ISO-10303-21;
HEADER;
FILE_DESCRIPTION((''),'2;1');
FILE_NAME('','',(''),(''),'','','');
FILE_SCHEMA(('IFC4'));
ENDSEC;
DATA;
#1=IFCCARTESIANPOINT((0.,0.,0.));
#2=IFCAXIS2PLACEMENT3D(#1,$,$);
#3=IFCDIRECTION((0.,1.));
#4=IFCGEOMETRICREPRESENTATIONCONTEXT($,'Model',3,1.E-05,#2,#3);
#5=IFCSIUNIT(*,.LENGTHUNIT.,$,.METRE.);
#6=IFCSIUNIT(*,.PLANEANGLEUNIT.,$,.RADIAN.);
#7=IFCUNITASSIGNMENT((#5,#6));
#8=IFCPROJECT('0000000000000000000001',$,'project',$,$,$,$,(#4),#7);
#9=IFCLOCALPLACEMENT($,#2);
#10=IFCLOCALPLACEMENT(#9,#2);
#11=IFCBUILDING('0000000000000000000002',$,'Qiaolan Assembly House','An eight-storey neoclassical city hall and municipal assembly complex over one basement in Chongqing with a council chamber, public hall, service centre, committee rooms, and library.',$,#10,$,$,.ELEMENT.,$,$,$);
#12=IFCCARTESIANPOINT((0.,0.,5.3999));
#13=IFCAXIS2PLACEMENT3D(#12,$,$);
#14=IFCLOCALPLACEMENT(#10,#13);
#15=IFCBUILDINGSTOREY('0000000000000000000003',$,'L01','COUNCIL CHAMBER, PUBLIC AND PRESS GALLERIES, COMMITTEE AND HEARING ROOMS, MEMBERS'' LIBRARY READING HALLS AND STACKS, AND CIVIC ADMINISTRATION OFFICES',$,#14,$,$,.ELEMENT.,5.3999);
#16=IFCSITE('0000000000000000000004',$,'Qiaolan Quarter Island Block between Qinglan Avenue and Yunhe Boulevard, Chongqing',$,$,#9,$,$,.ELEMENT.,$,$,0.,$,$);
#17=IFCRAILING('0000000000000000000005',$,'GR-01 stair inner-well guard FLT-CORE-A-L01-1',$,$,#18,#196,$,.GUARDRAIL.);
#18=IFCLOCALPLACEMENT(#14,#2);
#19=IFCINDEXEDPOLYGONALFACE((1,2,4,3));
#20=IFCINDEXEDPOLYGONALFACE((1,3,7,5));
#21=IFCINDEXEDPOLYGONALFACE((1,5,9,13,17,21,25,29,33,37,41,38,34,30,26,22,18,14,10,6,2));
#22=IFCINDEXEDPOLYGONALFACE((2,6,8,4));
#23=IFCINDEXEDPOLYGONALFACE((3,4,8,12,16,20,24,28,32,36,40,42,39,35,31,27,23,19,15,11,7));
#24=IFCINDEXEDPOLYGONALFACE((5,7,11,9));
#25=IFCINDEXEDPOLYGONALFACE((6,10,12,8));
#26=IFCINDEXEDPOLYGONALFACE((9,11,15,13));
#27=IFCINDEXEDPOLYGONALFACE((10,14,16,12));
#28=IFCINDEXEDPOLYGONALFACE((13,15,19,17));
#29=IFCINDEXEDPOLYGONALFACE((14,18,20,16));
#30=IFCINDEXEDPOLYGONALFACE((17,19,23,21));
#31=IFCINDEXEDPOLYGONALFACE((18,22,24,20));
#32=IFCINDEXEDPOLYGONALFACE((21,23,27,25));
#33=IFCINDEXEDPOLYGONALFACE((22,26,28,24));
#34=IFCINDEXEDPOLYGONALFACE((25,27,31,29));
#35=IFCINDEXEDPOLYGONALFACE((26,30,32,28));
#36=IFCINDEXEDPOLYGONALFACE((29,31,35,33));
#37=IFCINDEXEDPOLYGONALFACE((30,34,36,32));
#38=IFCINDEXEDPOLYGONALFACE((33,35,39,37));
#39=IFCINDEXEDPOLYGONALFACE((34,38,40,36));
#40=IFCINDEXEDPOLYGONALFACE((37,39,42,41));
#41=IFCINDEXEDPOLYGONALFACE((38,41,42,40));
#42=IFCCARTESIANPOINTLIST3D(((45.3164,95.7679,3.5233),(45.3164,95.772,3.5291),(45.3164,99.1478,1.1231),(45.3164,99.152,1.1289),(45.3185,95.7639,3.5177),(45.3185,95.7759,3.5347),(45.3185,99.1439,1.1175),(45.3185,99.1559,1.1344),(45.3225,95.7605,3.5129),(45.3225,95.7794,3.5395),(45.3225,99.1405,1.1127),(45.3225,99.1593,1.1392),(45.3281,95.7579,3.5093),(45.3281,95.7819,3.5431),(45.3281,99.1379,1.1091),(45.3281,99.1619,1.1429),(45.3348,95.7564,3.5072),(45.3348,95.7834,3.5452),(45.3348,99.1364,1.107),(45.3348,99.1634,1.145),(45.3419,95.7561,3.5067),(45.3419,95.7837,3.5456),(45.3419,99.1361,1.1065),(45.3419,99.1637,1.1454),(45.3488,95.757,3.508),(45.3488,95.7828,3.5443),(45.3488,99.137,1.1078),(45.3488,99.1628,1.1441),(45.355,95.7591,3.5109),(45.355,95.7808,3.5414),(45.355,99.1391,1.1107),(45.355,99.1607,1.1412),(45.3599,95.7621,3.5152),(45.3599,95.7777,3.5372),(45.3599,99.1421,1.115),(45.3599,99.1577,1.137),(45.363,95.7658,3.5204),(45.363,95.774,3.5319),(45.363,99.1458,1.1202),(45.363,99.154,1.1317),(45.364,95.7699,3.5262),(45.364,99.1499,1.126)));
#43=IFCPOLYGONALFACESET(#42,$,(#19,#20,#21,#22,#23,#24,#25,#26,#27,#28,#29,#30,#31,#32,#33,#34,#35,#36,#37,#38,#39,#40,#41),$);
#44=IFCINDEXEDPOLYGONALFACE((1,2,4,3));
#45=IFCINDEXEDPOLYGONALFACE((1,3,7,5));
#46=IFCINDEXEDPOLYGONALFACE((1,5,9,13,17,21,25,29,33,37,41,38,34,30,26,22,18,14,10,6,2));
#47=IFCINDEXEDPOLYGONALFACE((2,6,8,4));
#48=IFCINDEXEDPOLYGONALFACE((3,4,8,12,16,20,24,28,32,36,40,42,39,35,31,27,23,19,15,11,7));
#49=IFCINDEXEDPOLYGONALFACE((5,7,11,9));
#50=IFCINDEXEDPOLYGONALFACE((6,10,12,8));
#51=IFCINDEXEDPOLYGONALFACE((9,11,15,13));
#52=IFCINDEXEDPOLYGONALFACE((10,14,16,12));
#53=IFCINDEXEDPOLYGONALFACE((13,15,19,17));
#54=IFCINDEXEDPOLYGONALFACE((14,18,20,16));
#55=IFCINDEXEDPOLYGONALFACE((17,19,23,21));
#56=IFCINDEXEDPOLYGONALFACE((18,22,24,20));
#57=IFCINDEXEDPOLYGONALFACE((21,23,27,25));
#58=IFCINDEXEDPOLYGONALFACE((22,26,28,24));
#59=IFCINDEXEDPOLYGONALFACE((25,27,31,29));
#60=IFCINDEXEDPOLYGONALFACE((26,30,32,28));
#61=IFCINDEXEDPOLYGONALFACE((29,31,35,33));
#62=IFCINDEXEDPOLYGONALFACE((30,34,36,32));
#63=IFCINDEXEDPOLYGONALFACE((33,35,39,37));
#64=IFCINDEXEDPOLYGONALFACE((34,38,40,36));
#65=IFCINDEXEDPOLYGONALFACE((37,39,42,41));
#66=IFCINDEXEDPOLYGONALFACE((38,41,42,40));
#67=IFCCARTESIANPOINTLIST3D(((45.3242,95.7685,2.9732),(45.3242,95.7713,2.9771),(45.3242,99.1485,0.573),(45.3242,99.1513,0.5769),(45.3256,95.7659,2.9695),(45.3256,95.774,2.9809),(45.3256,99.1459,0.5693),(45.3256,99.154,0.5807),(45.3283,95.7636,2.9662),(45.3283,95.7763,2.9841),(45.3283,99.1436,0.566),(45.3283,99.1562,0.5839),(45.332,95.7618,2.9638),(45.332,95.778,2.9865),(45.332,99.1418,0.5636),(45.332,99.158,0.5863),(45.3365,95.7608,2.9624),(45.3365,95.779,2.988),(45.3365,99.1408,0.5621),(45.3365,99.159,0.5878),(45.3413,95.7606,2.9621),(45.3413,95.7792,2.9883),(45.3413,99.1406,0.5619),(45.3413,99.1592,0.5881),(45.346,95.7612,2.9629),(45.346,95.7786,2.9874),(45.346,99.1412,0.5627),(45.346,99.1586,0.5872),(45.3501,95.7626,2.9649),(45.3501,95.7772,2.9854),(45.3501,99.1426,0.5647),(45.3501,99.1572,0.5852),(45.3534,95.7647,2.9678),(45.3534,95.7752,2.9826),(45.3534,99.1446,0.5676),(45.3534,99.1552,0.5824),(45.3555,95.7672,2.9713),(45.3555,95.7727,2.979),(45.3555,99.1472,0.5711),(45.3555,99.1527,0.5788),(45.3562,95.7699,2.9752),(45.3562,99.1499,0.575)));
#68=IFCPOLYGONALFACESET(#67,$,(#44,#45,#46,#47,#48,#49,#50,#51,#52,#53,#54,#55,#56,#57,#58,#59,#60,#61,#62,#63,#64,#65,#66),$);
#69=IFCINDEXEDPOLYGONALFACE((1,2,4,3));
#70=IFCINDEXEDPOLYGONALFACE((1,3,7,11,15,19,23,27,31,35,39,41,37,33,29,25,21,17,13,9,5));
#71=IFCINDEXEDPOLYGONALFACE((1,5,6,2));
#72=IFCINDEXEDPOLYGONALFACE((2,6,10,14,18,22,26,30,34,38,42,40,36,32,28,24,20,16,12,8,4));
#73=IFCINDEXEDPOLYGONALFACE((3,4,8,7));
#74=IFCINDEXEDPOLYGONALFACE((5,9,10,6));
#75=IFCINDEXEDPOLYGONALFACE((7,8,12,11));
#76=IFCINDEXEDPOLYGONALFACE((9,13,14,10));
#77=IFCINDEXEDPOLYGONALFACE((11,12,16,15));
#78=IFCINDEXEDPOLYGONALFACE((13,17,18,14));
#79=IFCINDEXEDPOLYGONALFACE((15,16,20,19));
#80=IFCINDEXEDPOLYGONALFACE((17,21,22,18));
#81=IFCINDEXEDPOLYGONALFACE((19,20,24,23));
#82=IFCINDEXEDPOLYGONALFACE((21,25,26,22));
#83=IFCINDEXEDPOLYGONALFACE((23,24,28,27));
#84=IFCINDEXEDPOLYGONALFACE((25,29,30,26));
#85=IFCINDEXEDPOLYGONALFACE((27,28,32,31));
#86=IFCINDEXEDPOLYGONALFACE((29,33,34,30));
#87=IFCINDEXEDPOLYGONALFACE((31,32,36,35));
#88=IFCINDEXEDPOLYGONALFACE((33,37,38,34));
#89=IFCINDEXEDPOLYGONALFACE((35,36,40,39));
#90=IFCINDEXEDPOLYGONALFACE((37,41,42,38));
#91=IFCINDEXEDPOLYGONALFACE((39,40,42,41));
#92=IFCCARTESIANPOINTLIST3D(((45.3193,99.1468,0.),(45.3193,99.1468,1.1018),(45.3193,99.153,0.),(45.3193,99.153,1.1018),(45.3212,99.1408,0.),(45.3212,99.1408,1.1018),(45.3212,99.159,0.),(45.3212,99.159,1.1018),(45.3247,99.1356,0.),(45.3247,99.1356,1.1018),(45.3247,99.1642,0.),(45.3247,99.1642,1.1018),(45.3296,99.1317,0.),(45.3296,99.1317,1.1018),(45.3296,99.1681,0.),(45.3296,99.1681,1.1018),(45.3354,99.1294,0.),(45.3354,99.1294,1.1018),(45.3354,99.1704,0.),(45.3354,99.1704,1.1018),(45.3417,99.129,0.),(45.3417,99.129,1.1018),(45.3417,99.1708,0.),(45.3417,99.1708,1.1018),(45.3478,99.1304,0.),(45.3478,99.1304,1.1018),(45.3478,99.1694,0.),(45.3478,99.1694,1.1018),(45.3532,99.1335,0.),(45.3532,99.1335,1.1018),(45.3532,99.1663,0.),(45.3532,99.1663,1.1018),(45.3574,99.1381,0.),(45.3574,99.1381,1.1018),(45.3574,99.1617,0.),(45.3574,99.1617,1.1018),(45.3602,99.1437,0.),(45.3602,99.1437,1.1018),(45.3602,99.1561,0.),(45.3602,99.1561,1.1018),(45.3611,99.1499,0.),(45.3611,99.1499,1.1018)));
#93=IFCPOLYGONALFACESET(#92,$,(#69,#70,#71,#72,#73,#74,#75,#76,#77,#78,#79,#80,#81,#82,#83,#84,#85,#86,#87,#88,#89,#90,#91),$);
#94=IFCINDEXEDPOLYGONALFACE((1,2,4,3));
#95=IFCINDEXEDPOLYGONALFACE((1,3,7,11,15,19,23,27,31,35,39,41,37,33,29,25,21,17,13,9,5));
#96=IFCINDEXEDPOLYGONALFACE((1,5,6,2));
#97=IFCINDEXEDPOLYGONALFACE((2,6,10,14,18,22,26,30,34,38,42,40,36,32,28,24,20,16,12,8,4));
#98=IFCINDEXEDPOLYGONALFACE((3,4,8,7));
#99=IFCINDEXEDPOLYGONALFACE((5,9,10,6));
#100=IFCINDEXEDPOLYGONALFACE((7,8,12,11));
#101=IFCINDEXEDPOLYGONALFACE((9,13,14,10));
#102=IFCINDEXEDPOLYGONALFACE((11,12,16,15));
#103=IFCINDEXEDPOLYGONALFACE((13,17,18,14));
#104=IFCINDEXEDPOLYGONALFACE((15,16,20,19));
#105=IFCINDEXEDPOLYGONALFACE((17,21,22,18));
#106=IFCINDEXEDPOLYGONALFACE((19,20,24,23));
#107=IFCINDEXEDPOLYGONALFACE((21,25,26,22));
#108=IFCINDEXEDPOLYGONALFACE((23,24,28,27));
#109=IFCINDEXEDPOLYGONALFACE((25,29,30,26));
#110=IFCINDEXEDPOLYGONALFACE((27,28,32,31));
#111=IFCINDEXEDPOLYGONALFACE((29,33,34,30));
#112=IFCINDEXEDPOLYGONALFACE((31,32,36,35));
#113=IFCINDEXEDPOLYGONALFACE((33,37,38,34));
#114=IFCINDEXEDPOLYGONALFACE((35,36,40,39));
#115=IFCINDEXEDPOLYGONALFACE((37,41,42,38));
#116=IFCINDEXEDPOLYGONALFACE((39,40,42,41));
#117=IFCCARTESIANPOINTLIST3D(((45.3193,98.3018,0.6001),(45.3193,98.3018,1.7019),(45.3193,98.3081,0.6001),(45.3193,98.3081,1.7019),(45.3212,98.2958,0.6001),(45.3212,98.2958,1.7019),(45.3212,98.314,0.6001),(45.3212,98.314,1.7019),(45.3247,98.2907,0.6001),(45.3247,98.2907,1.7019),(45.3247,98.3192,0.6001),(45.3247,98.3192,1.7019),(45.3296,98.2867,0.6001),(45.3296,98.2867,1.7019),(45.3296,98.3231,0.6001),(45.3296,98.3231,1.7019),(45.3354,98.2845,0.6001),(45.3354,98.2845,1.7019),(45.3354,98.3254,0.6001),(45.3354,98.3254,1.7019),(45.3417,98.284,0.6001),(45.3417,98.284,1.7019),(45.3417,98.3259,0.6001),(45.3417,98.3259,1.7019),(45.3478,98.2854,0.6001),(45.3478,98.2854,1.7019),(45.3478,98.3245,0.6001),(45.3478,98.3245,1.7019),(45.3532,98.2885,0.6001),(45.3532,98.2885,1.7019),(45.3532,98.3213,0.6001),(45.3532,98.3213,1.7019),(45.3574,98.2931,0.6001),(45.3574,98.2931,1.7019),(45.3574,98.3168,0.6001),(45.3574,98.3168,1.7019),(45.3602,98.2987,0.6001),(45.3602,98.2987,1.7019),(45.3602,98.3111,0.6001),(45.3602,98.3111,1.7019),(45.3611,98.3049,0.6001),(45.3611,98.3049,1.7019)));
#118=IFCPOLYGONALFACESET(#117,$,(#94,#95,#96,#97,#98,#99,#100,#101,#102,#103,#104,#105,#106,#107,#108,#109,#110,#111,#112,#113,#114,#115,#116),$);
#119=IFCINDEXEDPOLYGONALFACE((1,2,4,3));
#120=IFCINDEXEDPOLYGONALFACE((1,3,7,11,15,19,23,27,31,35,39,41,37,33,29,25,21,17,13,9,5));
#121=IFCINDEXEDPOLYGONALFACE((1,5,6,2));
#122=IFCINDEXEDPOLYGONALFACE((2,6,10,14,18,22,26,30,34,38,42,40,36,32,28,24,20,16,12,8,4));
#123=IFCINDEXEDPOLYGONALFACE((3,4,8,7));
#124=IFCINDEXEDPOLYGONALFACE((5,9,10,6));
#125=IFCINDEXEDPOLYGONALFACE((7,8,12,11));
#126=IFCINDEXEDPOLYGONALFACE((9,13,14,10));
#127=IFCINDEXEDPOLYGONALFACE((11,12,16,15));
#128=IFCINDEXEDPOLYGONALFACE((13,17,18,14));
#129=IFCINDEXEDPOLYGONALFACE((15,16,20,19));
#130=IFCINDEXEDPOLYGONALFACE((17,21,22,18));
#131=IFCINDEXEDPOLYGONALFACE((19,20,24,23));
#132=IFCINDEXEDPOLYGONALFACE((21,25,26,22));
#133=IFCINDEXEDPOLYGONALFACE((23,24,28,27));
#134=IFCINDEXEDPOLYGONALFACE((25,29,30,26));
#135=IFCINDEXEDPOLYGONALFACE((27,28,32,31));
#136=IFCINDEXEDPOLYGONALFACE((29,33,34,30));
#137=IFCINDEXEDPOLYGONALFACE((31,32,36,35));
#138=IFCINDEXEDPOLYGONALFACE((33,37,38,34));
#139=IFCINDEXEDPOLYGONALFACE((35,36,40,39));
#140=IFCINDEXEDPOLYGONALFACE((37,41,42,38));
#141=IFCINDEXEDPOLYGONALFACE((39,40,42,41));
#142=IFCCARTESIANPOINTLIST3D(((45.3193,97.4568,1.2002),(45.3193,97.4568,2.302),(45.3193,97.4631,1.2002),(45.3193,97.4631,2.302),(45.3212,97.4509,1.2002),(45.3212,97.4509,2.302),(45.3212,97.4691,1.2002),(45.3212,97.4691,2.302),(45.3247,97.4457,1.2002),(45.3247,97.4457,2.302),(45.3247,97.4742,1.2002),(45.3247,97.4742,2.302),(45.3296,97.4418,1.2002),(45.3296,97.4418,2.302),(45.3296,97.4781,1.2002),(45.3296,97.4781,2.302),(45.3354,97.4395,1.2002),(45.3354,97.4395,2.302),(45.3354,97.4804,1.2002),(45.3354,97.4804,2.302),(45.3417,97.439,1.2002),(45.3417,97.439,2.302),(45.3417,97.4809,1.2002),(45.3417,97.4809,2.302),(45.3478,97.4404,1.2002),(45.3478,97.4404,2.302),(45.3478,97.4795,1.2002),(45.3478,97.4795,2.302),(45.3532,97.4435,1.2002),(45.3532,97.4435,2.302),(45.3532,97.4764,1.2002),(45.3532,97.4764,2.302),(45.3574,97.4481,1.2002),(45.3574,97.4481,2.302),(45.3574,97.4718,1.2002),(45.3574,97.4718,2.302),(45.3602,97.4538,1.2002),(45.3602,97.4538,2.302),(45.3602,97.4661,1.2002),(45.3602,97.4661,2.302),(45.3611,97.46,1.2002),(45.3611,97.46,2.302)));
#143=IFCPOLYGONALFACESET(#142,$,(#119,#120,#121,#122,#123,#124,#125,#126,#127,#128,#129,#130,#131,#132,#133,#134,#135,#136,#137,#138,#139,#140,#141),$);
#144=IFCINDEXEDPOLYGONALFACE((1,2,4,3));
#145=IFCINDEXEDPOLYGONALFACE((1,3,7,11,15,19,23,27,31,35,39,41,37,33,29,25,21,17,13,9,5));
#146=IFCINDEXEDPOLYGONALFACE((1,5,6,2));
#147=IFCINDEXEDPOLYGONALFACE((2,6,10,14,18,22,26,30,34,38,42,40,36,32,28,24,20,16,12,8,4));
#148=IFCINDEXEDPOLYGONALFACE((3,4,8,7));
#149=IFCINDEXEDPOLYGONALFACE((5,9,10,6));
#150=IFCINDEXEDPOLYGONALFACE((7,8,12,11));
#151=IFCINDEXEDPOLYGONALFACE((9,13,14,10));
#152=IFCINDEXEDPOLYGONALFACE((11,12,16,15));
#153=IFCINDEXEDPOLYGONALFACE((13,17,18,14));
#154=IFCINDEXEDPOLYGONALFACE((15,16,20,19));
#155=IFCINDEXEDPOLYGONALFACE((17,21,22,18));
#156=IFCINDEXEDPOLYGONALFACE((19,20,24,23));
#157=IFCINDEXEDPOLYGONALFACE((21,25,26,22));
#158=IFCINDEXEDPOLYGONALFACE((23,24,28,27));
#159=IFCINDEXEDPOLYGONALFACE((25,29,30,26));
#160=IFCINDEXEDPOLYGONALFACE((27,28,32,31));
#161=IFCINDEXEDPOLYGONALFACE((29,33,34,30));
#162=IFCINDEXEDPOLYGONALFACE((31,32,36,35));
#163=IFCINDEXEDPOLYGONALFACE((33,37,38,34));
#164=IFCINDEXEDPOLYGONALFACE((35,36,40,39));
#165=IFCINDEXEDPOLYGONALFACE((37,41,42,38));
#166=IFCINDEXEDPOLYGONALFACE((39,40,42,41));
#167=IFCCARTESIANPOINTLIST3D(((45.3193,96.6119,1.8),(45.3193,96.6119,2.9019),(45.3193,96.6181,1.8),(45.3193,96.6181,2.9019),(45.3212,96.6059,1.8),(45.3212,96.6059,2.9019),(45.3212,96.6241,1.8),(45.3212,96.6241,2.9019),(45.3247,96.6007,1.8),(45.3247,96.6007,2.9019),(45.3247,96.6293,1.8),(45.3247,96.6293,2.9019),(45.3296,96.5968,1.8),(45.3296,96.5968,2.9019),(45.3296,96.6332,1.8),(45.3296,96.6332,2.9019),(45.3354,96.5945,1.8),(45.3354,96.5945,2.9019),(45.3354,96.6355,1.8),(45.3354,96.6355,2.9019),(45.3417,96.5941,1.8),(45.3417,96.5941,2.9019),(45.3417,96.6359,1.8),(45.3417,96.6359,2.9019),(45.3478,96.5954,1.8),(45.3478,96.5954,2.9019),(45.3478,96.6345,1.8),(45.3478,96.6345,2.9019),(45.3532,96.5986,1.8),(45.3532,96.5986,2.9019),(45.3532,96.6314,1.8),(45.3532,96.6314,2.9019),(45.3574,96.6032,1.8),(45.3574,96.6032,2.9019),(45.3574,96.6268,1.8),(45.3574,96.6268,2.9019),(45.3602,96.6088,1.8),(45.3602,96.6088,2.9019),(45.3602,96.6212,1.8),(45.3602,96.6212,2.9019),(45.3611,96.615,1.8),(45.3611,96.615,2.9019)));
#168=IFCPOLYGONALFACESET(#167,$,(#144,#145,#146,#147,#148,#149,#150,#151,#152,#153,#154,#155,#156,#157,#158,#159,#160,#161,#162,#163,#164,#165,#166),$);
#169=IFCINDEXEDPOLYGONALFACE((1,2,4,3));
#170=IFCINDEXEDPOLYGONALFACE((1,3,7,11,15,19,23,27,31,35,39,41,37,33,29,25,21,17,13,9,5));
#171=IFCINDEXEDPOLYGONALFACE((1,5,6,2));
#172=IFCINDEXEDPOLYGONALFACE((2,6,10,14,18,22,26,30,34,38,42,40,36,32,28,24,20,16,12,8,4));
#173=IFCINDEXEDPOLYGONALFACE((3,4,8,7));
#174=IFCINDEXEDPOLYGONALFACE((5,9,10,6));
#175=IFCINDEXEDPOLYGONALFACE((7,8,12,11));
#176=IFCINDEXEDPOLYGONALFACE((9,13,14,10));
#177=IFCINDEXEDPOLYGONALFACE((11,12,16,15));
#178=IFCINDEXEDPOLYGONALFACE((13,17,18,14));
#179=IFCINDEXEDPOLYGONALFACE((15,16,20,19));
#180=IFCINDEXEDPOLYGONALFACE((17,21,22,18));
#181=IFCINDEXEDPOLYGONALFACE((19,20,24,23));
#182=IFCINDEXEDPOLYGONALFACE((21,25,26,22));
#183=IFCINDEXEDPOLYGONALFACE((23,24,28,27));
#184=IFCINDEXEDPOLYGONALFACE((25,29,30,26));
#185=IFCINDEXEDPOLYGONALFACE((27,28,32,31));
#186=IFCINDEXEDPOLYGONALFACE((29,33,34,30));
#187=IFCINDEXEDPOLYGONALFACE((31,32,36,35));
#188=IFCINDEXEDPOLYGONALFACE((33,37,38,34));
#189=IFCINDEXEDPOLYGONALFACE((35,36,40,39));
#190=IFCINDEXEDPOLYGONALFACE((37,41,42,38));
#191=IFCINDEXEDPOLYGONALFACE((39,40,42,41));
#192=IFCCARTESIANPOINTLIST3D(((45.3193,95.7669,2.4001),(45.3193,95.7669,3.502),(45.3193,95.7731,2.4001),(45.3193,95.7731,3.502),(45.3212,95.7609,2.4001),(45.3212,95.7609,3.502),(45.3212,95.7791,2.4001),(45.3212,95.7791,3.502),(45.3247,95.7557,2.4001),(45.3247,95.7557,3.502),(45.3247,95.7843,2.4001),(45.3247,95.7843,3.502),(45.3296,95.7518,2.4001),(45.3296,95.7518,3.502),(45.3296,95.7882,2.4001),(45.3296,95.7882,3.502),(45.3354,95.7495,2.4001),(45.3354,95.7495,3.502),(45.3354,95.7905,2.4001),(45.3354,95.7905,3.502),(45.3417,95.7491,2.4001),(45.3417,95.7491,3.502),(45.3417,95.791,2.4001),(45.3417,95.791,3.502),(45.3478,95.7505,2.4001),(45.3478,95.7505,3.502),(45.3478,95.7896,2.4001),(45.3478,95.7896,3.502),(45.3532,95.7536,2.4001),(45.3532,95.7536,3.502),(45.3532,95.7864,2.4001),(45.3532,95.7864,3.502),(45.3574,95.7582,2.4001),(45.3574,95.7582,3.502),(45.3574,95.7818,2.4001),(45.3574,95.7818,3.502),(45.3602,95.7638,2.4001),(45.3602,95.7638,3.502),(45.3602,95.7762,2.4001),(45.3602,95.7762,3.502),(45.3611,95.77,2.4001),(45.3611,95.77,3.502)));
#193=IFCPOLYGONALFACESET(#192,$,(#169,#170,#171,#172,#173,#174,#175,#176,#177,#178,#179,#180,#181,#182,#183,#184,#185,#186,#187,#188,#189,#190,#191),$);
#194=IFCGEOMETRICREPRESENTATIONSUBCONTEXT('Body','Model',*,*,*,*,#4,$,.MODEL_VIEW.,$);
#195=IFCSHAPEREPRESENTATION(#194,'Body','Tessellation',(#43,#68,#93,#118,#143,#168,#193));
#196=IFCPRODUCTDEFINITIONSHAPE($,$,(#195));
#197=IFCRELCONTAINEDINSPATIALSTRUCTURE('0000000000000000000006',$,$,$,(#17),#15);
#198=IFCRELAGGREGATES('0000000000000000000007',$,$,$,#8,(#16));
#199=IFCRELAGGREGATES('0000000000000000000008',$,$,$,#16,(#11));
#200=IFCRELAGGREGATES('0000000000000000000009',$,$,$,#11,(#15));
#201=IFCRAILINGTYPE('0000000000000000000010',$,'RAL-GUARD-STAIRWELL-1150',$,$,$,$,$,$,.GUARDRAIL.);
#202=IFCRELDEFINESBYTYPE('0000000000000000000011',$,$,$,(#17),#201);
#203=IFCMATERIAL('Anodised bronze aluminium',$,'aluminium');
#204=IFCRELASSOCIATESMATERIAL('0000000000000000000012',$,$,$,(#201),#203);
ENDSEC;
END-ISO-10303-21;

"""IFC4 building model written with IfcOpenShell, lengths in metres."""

from ifc_helpers import new_model, si_unit, direction, frame, origin, origin_2d, place, context, subcontext, project, spatial, circle, extrude, material, type_object, element, save


model = new_model("IFC4")

# Units and contexts
model_context = context("Model", 3, precision=1e-05, world=origin(), true_north=direction((0.0, 1.0)))
body_context = subcontext(model_context, "Body", "Model", "MODEL_VIEW")
ifc_project = project(units=[si_unit("LENGTHUNIT", "METRE"), si_unit("PLANEANGLEUNIT", "RADIAN")], contexts=[model_context])

# Site, building, storey
site_placement = place(None, origin())
site = spatial("IfcSite", under=ifc_project, at=site_placement, Name="Qiaolan Quarter Island Block between Qinglan Avenue and Yunhe Boulevard, Chongqing", CompositionType="ELEMENT", RefElevation=0.0)
building_placement = place(site_placement, origin())
building = spatial("IfcBuilding", under=site, at=building_placement, Name="Qiaolan Assembly House", Description="An eight-storey neoclassical city hall and municipal assembly complex over one basement in Chongqing with a council chamber, public hall, service centre, committee rooms, and library.", CompositionType="ELEMENT")
storey_placement = place(building_placement, frame((0.0, 0.0, 5.3999)))
storey = spatial("IfcBuildingStorey", under=building, at=storey_placement, Name="L01", Description="COUNCIL CHAMBER, PUBLIC AND PRESS GALLERIES, COMMITTEE AND HEARING ROOMS, MEMBERS' LIBRARY READING HALLS AND STACKS, AND CIVIC ADMINISTRATION OFFICES", CompositionType="ELEMENT", Elevation=5.3999)

# Railing
ifc_material_1 = material(Name="Anodised bronze aluminium", Category="aluminium")
railing_type_1 = type_object("IfcRailingType", Name="RAL-GUARD-STAIRWELL-1150", PredefinedType="GUARDRAIL", material=ifc_material_1)
railing_1_placement = place(storey_placement, frame((45.3401, 99.1499, 0.0)))
element("IfcRailing", 1, at=railing_1_placement, inside=storey, type_object=railing_type_1, Name="GR-01 stair inner-well guard FLT-CORE-A-L01-1", PredefinedType="GUARDRAIL", context=body_context, shape_type="SweptSolid", body=[
    extrude(circle(Radius=0.0239, at=origin_2d()), frame((0.0, 0.0, 1.126), z_axis=(0.0, -0.815334, 0.578991), x_axis=(1.0, 0.0, 0.0)), (0.0, 0.0, 1.0), 4.1455),
    extrude(circle(Radius=0.0161, at=origin_2d()), frame((0.0, 0.0, 0.575), z_axis=(0.0, -0.815334, 0.578991), x_axis=(1.0, 0.0, 0.0)), (0.0, 0.0, 1.0), 4.1455),
    extrude(circle(Radius=0.021, at=origin_2d()), origin(), (0.0, 0.0, 1.0), 1.1018),
    extrude(circle(Radius=0.021, at=origin_2d()), frame((0.0, -0.845, 0.6001)), (0.0, 0.0, 1.0), 1.1018),
    extrude(circle(Radius=0.021, at=origin_2d()), frame((0.0, -1.6899, 1.2002)), (0.0, 0.0, 1.0), 1.1018),
    extrude(circle(Radius=0.021, at=origin_2d()), frame((0.0, -2.5349, 1.8)), (0.0, 0.0, 1.0), 1.1018),
    extrude(circle(Radius=0.021, at=origin_2d()), frame((0.0, -3.3799, 2.4001)), (0.0, 0.0, 1.0), 1.1018),
])

save(model, "model.ifc")
